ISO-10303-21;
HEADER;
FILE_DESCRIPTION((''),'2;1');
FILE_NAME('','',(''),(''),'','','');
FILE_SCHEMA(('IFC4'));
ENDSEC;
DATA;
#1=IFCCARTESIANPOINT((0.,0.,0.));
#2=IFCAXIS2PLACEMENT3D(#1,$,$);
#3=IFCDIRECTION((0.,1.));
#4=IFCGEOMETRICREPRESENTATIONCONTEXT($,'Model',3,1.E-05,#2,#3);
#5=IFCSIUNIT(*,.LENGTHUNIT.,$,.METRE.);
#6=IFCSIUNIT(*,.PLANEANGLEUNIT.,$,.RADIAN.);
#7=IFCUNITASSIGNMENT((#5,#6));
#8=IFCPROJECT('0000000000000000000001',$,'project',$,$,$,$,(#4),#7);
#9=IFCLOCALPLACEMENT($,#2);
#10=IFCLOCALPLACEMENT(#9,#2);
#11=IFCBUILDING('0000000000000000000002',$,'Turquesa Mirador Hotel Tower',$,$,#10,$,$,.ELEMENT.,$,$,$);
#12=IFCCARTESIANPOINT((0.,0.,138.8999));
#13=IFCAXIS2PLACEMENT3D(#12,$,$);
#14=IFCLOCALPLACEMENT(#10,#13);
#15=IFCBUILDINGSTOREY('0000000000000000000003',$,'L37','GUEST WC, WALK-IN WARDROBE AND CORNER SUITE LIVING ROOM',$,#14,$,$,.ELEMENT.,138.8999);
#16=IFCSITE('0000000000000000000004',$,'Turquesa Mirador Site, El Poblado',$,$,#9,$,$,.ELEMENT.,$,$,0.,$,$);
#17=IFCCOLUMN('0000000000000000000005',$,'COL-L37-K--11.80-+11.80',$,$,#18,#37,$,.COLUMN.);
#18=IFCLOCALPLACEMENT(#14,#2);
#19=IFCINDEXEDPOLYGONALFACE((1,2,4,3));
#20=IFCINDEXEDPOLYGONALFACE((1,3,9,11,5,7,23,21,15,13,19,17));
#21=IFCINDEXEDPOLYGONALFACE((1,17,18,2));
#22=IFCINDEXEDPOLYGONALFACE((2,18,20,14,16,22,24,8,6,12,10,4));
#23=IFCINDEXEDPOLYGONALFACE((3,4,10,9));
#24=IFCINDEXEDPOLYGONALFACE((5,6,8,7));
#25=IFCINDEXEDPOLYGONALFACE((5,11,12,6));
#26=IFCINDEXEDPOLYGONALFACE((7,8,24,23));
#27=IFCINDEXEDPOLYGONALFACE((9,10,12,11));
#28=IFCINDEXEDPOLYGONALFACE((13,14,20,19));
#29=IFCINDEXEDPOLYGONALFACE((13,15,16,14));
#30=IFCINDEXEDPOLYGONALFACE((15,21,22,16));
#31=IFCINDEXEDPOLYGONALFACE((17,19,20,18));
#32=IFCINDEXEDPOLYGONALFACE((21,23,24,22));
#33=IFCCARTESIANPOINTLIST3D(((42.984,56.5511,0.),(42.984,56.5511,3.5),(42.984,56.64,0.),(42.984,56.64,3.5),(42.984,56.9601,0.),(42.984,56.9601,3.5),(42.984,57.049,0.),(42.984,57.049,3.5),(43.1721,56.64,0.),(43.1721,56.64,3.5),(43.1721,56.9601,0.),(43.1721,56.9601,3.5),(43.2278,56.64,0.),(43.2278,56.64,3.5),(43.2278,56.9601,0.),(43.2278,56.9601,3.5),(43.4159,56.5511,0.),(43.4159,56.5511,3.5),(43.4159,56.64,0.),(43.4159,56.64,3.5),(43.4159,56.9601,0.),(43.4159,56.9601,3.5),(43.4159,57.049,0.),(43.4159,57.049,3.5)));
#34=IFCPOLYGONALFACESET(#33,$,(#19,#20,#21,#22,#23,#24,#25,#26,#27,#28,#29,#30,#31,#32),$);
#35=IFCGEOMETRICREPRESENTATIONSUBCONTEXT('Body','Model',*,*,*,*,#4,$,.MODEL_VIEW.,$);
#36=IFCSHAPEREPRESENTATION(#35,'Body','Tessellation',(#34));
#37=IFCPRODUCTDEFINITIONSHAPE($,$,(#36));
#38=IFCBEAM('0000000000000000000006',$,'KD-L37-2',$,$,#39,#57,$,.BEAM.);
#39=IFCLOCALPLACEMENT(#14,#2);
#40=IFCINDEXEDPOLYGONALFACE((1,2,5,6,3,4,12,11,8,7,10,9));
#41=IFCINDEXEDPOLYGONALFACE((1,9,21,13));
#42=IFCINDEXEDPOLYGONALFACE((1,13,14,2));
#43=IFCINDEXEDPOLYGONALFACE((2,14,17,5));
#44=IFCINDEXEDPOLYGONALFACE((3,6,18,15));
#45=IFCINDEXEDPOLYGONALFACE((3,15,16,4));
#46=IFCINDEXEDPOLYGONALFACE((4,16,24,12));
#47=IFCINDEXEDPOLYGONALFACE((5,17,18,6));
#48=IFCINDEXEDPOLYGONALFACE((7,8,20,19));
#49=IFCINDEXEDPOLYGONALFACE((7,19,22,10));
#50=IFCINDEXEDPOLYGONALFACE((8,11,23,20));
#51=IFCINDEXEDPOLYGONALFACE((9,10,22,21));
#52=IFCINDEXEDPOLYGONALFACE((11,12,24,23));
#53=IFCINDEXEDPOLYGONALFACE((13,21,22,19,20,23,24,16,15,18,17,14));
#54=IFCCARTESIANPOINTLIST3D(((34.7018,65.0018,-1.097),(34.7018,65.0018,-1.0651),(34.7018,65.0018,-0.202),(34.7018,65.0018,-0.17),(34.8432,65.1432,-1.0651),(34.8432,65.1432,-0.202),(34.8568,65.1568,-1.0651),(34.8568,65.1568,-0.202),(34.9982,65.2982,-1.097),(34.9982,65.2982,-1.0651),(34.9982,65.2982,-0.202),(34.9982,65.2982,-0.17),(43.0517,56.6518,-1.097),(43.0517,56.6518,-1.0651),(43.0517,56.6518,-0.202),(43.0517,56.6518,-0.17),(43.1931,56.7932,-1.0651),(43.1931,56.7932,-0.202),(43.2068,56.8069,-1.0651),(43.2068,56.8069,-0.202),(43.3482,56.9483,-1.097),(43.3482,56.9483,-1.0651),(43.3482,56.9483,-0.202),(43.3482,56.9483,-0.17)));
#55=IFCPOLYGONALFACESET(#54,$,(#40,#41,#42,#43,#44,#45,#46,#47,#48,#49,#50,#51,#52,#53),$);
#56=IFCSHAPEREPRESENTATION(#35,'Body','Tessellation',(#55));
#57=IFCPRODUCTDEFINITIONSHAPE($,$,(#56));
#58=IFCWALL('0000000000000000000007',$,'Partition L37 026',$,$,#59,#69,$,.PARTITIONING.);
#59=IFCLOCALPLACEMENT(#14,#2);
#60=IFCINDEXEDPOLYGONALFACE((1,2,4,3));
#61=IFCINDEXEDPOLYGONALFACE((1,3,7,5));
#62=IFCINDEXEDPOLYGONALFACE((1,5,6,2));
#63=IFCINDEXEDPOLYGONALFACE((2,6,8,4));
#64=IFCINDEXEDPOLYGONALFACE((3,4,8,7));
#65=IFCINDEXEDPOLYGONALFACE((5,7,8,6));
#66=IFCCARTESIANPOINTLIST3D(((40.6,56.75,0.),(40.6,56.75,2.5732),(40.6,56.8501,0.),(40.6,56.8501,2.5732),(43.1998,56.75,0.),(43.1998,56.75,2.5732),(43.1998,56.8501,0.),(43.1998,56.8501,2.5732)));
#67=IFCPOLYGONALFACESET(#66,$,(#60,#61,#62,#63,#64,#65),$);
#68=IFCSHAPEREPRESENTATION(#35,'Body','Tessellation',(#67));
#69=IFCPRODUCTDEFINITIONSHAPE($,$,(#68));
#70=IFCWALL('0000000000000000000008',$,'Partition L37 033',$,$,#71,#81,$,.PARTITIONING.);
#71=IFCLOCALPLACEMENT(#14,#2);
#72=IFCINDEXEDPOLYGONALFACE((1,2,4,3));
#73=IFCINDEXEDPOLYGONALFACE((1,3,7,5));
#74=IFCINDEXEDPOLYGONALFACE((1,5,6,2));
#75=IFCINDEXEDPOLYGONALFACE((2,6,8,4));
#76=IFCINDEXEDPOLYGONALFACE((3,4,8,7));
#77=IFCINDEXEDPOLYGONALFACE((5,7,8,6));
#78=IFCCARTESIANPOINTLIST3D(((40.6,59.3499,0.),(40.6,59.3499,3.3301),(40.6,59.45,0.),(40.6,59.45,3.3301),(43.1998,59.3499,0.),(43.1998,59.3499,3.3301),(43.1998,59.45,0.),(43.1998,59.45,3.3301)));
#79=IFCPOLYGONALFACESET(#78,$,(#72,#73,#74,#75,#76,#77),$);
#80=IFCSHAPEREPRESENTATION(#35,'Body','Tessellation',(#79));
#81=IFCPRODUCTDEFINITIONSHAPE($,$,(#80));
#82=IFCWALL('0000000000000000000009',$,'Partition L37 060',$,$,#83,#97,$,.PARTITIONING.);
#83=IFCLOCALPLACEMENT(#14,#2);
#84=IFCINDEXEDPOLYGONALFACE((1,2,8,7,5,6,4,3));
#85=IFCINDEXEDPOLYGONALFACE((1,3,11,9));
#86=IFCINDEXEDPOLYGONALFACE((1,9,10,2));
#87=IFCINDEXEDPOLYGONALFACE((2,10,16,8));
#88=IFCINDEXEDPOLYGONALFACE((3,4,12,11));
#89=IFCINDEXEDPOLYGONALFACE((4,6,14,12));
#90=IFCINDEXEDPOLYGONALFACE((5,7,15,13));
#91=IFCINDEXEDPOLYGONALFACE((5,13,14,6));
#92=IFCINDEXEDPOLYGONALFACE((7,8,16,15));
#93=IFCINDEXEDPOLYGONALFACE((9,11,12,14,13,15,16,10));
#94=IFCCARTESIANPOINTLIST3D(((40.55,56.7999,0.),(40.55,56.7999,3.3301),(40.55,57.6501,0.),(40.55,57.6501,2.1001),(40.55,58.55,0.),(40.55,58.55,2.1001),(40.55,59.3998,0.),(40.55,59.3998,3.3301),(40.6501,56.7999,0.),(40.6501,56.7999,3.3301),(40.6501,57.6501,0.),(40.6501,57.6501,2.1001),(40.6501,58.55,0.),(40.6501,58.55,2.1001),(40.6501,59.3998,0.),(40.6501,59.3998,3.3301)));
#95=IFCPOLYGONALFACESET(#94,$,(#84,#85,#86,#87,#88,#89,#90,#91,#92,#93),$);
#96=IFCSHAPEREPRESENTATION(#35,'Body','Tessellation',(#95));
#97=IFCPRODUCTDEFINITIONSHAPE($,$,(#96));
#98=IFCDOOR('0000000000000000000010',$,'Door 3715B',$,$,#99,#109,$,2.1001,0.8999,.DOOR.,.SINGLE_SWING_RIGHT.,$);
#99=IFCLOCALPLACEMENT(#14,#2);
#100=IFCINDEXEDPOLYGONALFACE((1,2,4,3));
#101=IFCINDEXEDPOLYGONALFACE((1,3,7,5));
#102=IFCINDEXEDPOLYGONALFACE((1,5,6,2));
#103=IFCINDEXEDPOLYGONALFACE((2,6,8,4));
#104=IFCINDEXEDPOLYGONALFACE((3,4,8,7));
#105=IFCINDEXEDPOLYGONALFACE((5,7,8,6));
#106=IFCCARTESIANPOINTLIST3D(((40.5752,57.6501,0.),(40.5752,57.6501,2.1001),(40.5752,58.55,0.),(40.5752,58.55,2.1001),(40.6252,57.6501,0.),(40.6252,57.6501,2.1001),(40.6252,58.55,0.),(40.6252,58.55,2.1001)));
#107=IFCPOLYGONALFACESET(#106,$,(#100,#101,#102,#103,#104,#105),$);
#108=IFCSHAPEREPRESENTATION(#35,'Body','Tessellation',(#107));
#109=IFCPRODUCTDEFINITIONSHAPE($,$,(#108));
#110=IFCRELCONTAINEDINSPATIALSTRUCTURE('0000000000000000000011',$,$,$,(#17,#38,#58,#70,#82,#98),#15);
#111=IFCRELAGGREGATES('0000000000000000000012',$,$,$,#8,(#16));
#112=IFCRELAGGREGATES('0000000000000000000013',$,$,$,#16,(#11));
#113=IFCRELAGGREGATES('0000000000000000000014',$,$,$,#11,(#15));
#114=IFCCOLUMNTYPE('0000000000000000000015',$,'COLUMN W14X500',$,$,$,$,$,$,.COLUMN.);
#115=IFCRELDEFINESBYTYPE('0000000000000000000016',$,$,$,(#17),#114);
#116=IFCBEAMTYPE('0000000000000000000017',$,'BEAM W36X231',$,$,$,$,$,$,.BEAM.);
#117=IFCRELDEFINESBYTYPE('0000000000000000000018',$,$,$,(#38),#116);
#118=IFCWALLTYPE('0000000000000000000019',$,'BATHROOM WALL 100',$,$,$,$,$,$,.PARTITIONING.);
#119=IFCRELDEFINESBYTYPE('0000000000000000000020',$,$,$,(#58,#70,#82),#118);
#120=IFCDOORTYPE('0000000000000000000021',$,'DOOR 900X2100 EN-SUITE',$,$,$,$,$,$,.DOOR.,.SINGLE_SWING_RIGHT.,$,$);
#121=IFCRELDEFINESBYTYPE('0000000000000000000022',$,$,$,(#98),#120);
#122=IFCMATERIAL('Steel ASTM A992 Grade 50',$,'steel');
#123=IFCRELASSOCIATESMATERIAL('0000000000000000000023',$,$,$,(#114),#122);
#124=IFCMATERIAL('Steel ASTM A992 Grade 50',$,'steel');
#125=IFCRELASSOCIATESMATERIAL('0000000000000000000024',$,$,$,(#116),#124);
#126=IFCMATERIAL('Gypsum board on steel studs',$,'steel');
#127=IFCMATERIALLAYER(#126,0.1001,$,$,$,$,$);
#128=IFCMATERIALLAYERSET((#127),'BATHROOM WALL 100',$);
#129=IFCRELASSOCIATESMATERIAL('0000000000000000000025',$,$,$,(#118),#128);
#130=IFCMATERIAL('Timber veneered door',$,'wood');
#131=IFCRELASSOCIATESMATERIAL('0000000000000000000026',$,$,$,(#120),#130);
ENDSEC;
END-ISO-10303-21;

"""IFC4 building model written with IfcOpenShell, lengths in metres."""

from ifc_helpers import new_model, si_unit, direction, frame, frame_2d, origin, origin_2d, place, context, subcontext, project, spatial, rectangle, i_section, extrude, material, layer, layer_set, material_profile, profile_set, type_object, element, fill, save


model = new_model("IFC4")

# Units and contexts
model_context = context("Model", 3, precision=1e-05, world=origin(), true_north=direction((0.0, 1.0)))
body_context = subcontext(model_context, "Body", "Model", "MODEL_VIEW")
ifc_project = project(units=[si_unit("LENGTHUNIT", "METRE"), si_unit("PLANEANGLEUNIT", "RADIAN")], contexts=[model_context])

# Site, building, storey
site_placement = place(None, origin())
site = spatial("IfcSite", under=ifc_project, at=site_placement, Name="Turquesa Mirador Site, El Poblado", CompositionType="ELEMENT", RefElevation=0.0)
building_placement = place(site_placement, origin())
building = spatial("IfcBuilding", under=site, at=building_placement, Name="Turquesa Mirador Hotel Tower", CompositionType="ELEMENT")
storey_placement = place(building_placement, frame((0.0, 0.0, 138.8999)))
storey = spatial("IfcBuildingStorey", under=building, at=storey_placement, Name="L37", Description="GUEST WC, WALK-IN WARDROBE AND CORNER SUITE LIVING ROOM", CompositionType="ELEMENT", Elevation=138.8999)

# Column
ifc_material_1 = material(Name="Steel ASTM A992 Grade 50", Category="steel")
ifc_material_profile_1 = material_profile(ifc_material_1, i_section(OverallWidth=0.4319, OverallDepth=0.4978, WebThickness=0.0557, FlangeThickness=0.0889, at=origin_2d()), Name="W14X500")
ifc_profile_set_1 = profile_set([ifc_material_profile_1], Name="Steel ASTM A992 Grade 50")
column_type = type_object("IfcColumnType", Name="COLUMN W14X500", PredefinedType="COLUMN", material=ifc_profile_set_1)
column_placement = place(storey_placement, frame((43.2, 56.8, 0.0), z_axis=(0.0, 0.0, 1.0), x_axis=(1.0, 0.0, 0.0)))
element("IfcColumn", 1, at=column_placement, inside=storey, type_object=column_type, Name="COL-L37-K--11.80-+11.80", PredefinedType="COLUMN", context=body_context, shape_type="SweptSolid", body=[
    extrude(i_section(OverallWidth=0.4319, OverallDepth=0.4978, WebThickness=0.0557, FlangeThickness=0.0889, at=origin_2d()), origin(), (0.0, 0.0, 1.0), 3.5),
])

# Beam
ifc_material_2 = material(Name="Steel ASTM A992 Grade 50", Category="steel")
ifc_material_profile_2 = material_profile(ifc_material_2, i_section(OverallWidth=0.4192, OverallDepth=0.927, WebThickness=0.0193, FlangeThickness=0.032, at=origin_2d()), Name="W36X231")
ifc_profile_set_2 = profile_set([ifc_material_profile_2], Name="Steel ASTM A992 Grade 50")
beam_type = type_object("IfcBeamType", Name="BEAM W36X231", PredefinedType="BEAM", material=ifc_profile_set_2)
beam_placement = place(storey_placement, frame((43.2, 56.8, -0.6335), z_axis=(-0.707107, 0.707107, 0.0), x_axis=(-0.707107, -0.707107, 0.0)))
element("IfcBeam", 2, at=beam_placement, inside=storey, type_object=beam_type, Name="KD-L37-2", PredefinedType="BEAM", context=body_context, shape_type="SweptSolid", body=[
    extrude(i_section(OverallWidth=0.4192, OverallDepth=0.927, WebThickness=0.0193, FlangeThickness=0.032, at=origin_2d()), origin(), (0.0, 0.0, 1.0), 11.8086),
])

# Walls
ifc_material_3 = material(Name="Gypsum board on steel studs", Category="steel")
ifc_layer_1 = layer(ifc_material_3, 0.1001)
ifc_layer_set_1 = layer_set([ifc_layer_1], Name="BATHROOM WALL 100")
wall_type_1 = type_object("IfcWallType", Name="BATHROOM WALL 100", PredefinedType="PARTITIONING", material=ifc_layer_set_1)
wall_1_placement = place(storey_placement, frame((40.6001, 56.8, 0.0), z_axis=(0.0, 0.0, 1.0), x_axis=(1.0, 0.0, 0.0)))
element("IfcWall", 3, at=wall_1_placement, inside=storey, type_object=wall_type_1, Name="Partition L37 026", PredefinedType="PARTITIONING", context=body_context, shape_type="SweptSolid", body=[
    extrude(rectangle(XDim=2.5999, YDim=0.1001, at=frame_2d((1.2998, 0.0))), origin(), (0.0, 0.0, 1.0), 2.5732),
])
wall_2_placement = place(storey_placement, frame((40.6001, 59.3999, 0.0), z_axis=(0.0, 0.0, 1.0), x_axis=(1.0, 0.0, 0.0)))
element("IfcWall", 4, at=wall_2_placement, inside=storey, type_object=wall_type_1, Name="Partition L37 033", PredefinedType="PARTITIONING", context=body_context, shape_type="SweptSolid", body=[
    extrude(rectangle(XDim=2.5999, YDim=0.1001, at=frame_2d((1.2998, 0.0))), origin(), (0.0, 0.0, 1.0), 3.3301),
])

# Wall, opening, door
wall_3_placement = place(storey_placement, frame((40.6001, 56.8, 0.0), z_axis=(0.0, 0.0, 1.0), x_axis=(0.0, 1.0, 0.0)))
wall_3 = element("IfcWall", 5, at=wall_3_placement, inside=storey, type_object=wall_type_1, Name="Partition L37 060", PredefinedType="PARTITIONING", context=body_context, shape_type="SweptSolid", body=[
    extrude(rectangle(XDim=2.5999, YDim=0.1001, at=frame_2d((1.2998, 0.0))), origin(), (0.0, 0.0, 1.0), 3.3301),
])
opening_1_placement = place(wall_3_placement, frame((0.8501, 0.0, 0.0)))
opening_1 = element("IfcOpeningElement", 6, at=opening_1_placement, cuts=wall_3, PredefinedType="OPENING", context=body_context, shape_type="SweptSolid", body=[
    extrude(rectangle(XDim=0.8999, YDim=2.1001, at=frame_2d((0.45, 1.05))), frame((0.0, 0.0601, 0.0), z_axis=(0.0, -1.0, 0.0), x_axis=(1.0, 0.0, 0.0)), (0.0, 0.0, 1.0), 0.1201),
])
ifc_material_4 = material(Name="Timber veneered door", Category="wood")
door_type_1 = type_object("IfcDoorType", Name="DOOR 900X2100 EN-SUITE", OperationType="SINGLE_SWING_RIGHT", PredefinedType="DOOR", material=ifc_material_4)
door_1_placement = place(opening_1_placement, origin())
door_1 = element("IfcDoor", 7, at=door_1_placement, inside=storey, type_object=door_type_1, Name="Door 3715B", OperationType="SINGLE_SWING_RIGHT", OverallHeight=2.1001, OverallWidth=0.8999, PredefinedType="DOOR", context=body_context, shape_type="SweptSolid", body=[
    extrude(rectangle(XDim=0.8999, YDim=2.1001, at=frame_2d((0.45, 1.05))), frame((0.0, 0.0249, 0.0), z_axis=(0.0, -1.0, 0.0), x_axis=(1.0, 0.0, 0.0)), (0.0, 0.0, 1.0), 0.05),
])
fill(opening_1, door_1)

save(model, "model.ifc")
